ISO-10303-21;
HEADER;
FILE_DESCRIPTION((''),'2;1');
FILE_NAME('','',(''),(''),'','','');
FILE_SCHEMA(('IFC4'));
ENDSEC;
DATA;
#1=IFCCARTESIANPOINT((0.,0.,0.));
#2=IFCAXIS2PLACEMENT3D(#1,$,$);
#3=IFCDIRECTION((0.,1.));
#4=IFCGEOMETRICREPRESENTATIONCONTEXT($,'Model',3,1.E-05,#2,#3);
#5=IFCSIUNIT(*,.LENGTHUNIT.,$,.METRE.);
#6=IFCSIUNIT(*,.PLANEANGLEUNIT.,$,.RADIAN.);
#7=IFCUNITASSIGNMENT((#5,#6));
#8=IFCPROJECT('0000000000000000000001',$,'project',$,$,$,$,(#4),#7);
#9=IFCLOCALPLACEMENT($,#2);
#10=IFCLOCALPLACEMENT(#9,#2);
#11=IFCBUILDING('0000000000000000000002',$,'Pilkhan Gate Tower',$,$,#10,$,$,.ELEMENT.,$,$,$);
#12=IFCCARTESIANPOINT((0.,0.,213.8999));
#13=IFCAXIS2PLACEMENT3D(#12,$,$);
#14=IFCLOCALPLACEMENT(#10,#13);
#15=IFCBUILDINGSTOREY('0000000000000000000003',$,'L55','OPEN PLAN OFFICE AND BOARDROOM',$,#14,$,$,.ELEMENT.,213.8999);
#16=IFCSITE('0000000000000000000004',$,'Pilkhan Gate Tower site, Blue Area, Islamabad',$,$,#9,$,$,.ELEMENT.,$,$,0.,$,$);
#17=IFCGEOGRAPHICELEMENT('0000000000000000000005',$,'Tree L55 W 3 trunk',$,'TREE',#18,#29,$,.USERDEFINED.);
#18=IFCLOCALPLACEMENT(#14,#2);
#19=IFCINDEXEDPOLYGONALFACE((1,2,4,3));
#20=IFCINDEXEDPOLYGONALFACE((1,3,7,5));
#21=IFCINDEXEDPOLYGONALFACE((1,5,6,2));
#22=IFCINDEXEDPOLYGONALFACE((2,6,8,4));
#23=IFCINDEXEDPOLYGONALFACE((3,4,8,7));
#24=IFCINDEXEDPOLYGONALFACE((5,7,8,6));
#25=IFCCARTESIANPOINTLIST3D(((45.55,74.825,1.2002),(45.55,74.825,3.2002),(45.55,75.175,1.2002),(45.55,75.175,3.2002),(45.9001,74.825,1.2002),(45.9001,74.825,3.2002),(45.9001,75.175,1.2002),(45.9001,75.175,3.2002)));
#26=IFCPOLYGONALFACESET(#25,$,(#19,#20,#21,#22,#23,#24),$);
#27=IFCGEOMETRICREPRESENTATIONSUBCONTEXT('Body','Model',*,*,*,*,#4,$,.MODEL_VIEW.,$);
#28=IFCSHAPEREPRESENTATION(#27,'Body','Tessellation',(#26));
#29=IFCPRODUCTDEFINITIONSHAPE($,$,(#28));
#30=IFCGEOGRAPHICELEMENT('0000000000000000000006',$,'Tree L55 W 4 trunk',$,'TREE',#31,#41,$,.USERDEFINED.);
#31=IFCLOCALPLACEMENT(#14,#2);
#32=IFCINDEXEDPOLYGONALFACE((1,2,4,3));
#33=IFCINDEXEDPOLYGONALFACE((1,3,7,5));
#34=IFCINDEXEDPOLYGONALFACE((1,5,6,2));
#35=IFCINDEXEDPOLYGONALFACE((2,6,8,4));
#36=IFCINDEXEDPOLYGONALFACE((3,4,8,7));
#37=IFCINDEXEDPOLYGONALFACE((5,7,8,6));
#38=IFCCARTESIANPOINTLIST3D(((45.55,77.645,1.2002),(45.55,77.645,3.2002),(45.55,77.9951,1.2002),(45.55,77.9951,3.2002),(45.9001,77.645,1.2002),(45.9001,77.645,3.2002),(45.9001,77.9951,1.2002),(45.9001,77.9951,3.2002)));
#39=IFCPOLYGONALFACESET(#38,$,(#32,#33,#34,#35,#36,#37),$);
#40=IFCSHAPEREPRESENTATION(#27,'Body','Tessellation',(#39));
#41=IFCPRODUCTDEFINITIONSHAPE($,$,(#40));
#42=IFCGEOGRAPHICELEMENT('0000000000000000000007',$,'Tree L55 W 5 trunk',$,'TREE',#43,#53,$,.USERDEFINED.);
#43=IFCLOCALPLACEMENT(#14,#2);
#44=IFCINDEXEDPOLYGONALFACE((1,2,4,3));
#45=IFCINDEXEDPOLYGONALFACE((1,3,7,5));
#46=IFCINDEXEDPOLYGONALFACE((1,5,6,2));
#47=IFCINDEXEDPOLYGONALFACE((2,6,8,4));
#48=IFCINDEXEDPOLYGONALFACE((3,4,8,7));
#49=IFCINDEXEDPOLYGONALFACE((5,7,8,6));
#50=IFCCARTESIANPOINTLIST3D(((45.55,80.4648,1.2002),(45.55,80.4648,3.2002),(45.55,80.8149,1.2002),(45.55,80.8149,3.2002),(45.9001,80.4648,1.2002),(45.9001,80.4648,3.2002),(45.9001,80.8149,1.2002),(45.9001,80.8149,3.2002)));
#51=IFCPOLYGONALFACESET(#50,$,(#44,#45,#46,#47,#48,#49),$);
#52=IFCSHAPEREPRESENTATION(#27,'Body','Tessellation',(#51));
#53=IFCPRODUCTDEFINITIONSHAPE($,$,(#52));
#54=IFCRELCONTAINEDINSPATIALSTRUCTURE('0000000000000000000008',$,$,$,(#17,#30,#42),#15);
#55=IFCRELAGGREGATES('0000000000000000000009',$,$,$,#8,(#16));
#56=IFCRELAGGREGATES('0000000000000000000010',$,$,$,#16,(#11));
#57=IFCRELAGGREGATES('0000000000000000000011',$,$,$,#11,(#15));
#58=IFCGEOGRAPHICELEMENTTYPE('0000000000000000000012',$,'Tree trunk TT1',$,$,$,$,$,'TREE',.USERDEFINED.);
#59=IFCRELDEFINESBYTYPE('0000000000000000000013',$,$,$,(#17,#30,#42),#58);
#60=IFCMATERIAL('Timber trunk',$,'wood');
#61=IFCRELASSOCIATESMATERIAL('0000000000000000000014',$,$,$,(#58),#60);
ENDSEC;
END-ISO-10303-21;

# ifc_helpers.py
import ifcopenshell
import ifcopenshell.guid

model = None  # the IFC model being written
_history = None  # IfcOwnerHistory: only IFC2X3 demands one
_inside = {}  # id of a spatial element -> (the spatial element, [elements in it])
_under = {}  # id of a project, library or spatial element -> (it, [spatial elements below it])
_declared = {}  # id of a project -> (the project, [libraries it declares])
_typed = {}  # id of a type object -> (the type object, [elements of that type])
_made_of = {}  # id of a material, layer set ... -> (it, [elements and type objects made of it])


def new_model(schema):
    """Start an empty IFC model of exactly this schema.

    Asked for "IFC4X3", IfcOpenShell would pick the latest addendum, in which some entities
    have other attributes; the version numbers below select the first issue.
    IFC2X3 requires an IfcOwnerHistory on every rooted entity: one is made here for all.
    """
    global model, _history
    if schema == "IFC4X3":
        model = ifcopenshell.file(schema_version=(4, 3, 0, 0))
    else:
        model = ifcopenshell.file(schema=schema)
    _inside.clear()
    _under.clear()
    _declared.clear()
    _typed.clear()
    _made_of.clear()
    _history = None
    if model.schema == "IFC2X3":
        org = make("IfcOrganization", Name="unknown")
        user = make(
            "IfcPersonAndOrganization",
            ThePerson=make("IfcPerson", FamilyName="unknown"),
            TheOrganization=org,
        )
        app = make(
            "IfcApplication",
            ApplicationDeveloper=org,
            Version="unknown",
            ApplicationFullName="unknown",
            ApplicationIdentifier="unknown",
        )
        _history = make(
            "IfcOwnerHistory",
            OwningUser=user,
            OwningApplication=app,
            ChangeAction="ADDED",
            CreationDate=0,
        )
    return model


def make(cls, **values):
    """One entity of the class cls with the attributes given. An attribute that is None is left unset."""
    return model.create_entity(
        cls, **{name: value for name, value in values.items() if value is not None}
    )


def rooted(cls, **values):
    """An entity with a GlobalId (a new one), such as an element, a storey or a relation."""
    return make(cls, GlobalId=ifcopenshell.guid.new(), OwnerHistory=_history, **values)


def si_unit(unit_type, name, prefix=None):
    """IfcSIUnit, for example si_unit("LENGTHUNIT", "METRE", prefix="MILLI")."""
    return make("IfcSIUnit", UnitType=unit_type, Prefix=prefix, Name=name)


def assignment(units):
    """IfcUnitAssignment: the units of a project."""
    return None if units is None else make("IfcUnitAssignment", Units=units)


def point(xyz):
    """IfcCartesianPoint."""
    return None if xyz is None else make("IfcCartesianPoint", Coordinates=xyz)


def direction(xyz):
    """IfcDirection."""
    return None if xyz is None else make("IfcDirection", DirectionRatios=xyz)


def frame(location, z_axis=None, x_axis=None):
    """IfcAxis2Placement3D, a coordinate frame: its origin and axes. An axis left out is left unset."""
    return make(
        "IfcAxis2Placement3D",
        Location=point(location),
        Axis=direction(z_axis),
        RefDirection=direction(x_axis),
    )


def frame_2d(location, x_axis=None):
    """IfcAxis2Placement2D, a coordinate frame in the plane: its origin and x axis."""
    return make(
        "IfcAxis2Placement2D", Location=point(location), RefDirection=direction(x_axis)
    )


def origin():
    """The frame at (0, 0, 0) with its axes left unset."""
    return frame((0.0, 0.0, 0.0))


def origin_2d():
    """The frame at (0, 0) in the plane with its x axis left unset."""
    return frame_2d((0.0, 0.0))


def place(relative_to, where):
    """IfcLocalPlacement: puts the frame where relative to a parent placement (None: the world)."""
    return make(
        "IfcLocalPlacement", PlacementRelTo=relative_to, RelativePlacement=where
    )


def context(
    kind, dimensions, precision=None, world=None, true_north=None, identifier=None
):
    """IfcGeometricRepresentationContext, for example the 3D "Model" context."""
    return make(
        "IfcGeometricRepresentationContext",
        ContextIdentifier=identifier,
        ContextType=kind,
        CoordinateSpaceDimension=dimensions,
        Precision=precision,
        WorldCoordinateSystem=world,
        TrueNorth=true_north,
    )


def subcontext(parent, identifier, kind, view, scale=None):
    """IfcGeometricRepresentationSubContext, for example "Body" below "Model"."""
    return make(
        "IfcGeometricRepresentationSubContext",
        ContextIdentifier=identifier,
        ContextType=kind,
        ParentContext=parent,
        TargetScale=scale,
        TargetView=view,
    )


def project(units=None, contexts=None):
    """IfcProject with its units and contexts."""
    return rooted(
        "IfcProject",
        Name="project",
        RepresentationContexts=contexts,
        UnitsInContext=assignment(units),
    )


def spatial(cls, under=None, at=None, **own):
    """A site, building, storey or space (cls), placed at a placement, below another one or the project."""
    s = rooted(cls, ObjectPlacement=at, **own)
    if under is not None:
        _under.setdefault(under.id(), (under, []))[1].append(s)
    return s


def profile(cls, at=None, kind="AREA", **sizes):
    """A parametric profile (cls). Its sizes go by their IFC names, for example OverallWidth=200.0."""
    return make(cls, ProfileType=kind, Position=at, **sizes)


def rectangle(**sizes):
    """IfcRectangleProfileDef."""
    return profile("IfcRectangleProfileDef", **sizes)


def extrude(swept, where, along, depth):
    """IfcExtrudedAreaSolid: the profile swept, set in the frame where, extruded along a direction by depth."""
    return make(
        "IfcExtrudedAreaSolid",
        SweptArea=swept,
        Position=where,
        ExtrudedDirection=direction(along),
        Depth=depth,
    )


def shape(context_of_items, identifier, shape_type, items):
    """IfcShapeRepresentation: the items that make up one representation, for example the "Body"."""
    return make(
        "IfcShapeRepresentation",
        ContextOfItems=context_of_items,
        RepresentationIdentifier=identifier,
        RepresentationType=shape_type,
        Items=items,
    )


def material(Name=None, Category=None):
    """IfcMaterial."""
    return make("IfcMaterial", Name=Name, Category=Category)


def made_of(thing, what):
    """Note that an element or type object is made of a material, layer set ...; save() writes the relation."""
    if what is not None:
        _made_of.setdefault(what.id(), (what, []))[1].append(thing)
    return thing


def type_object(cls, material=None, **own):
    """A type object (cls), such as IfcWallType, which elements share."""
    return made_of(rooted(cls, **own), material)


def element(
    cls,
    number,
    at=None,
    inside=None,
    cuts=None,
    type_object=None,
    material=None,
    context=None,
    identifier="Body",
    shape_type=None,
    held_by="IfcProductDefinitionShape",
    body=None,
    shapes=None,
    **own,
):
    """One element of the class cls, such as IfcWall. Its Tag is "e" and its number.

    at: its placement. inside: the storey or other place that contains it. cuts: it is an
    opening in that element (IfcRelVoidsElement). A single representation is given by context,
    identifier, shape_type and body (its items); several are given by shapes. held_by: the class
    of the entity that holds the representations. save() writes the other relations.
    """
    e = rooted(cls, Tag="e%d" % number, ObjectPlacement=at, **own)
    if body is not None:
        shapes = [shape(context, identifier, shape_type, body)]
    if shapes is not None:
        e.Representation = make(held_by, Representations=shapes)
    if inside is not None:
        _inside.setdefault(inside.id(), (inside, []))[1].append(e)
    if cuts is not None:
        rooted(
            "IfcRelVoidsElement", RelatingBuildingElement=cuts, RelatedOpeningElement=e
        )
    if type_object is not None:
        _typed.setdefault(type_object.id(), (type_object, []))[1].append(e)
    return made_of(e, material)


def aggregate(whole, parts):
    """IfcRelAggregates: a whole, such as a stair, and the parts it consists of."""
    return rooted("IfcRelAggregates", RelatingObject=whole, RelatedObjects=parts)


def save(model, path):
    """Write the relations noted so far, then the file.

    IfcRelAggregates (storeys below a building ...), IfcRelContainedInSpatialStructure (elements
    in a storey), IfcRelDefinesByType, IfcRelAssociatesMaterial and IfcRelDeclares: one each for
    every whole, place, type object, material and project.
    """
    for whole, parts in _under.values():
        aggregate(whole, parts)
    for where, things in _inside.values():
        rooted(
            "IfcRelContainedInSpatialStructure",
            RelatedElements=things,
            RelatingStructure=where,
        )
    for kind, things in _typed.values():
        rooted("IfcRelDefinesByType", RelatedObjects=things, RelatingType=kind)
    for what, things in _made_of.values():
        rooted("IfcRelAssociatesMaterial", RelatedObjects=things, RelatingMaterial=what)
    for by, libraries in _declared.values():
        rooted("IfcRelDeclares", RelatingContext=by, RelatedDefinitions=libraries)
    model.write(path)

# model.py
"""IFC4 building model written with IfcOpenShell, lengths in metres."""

from ifc_helpers import new_model, si_unit, direction, frame, origin, origin_2d, place, context, subcontext, project, spatial, rectangle, extrude, material, type_object, element, save


model = new_model("IFC4")

# Units and contexts
model_context = context("Model", 3, precision=1e-05, world=origin(), true_north=direction((0.0, 1.0)))
body_context = subcontext(model_context, "Body", "Model", "MODEL_VIEW")
ifc_project = project(units=[si_unit("LENGTHUNIT", "METRE"), si_unit("PLANEANGLEUNIT", "RADIAN")], contexts=[model_context])

# Site, building, storey
site_placement = place(None, origin())
site = spatial("IfcSite", under=ifc_project, at=site_placement, Name="Pilkhan Gate Tower site, Blue Area, Islamabad", CompositionType="ELEMENT", RefElevation=0.0)
building_placement = place(site_placement, origin())
building = spatial("IfcBuilding", under=site, at=building_placement, Name="Pilkhan Gate Tower", CompositionType="ELEMENT")
storey_placement = place(building_placement, frame((0.0, 0.0, 213.8999)))
storey = spatial("IfcBuildingStorey", under=building, at=storey_placement, Name="L55", Description="OPEN PLAN OFFICE AND BOARDROOM", CompositionType="ELEMENT", Elevation=213.8999)

# Geographic elements
ifc_material_1 = material(Name="Timber trunk", Category="wood")
geographic_element_type_1 = type_object("IfcGeographicElementType", Name="Tree trunk TT1", ElementType="TREE", PredefinedType="USERDEFINED", material=ifc_material_1)
for number, where, z_axis, x_axis, name in (
    (1, (45.7251, 75.0, 1.2002), (0.0, 0.0, 1.0), (1.0, 0.0, 0.0), "Tree L55 W 3 trunk"),
    (2, (45.7251, 77.8201, 1.2002), (0.0, 0.0, 1.0), (1.0, 0.0, 0.0), "Tree L55 W 4 trunk"),
    (3, (45.7251, 80.6399, 1.2002), (0.0, 0.0, 1.0), (1.0, 0.0, 0.0), "Tree L55 W 5 trunk"),
):
    element("IfcGeographicElement", number, at=place(storey_placement, frame(where, z_axis=z_axis, x_axis=x_axis)), inside=storey, type_object=geographic_element_type_1, Name=name, ObjectType="TREE", PredefinedType="USERDEFINED", context=body_context, shape_type="SweptSolid", body=[
        extrude(rectangle(XDim=0.3501, YDim=0.3501, at=origin_2d()), origin(), (0.0, 0.0, 1.0), 2.0),
    ])

save(model, "model.ifc")
